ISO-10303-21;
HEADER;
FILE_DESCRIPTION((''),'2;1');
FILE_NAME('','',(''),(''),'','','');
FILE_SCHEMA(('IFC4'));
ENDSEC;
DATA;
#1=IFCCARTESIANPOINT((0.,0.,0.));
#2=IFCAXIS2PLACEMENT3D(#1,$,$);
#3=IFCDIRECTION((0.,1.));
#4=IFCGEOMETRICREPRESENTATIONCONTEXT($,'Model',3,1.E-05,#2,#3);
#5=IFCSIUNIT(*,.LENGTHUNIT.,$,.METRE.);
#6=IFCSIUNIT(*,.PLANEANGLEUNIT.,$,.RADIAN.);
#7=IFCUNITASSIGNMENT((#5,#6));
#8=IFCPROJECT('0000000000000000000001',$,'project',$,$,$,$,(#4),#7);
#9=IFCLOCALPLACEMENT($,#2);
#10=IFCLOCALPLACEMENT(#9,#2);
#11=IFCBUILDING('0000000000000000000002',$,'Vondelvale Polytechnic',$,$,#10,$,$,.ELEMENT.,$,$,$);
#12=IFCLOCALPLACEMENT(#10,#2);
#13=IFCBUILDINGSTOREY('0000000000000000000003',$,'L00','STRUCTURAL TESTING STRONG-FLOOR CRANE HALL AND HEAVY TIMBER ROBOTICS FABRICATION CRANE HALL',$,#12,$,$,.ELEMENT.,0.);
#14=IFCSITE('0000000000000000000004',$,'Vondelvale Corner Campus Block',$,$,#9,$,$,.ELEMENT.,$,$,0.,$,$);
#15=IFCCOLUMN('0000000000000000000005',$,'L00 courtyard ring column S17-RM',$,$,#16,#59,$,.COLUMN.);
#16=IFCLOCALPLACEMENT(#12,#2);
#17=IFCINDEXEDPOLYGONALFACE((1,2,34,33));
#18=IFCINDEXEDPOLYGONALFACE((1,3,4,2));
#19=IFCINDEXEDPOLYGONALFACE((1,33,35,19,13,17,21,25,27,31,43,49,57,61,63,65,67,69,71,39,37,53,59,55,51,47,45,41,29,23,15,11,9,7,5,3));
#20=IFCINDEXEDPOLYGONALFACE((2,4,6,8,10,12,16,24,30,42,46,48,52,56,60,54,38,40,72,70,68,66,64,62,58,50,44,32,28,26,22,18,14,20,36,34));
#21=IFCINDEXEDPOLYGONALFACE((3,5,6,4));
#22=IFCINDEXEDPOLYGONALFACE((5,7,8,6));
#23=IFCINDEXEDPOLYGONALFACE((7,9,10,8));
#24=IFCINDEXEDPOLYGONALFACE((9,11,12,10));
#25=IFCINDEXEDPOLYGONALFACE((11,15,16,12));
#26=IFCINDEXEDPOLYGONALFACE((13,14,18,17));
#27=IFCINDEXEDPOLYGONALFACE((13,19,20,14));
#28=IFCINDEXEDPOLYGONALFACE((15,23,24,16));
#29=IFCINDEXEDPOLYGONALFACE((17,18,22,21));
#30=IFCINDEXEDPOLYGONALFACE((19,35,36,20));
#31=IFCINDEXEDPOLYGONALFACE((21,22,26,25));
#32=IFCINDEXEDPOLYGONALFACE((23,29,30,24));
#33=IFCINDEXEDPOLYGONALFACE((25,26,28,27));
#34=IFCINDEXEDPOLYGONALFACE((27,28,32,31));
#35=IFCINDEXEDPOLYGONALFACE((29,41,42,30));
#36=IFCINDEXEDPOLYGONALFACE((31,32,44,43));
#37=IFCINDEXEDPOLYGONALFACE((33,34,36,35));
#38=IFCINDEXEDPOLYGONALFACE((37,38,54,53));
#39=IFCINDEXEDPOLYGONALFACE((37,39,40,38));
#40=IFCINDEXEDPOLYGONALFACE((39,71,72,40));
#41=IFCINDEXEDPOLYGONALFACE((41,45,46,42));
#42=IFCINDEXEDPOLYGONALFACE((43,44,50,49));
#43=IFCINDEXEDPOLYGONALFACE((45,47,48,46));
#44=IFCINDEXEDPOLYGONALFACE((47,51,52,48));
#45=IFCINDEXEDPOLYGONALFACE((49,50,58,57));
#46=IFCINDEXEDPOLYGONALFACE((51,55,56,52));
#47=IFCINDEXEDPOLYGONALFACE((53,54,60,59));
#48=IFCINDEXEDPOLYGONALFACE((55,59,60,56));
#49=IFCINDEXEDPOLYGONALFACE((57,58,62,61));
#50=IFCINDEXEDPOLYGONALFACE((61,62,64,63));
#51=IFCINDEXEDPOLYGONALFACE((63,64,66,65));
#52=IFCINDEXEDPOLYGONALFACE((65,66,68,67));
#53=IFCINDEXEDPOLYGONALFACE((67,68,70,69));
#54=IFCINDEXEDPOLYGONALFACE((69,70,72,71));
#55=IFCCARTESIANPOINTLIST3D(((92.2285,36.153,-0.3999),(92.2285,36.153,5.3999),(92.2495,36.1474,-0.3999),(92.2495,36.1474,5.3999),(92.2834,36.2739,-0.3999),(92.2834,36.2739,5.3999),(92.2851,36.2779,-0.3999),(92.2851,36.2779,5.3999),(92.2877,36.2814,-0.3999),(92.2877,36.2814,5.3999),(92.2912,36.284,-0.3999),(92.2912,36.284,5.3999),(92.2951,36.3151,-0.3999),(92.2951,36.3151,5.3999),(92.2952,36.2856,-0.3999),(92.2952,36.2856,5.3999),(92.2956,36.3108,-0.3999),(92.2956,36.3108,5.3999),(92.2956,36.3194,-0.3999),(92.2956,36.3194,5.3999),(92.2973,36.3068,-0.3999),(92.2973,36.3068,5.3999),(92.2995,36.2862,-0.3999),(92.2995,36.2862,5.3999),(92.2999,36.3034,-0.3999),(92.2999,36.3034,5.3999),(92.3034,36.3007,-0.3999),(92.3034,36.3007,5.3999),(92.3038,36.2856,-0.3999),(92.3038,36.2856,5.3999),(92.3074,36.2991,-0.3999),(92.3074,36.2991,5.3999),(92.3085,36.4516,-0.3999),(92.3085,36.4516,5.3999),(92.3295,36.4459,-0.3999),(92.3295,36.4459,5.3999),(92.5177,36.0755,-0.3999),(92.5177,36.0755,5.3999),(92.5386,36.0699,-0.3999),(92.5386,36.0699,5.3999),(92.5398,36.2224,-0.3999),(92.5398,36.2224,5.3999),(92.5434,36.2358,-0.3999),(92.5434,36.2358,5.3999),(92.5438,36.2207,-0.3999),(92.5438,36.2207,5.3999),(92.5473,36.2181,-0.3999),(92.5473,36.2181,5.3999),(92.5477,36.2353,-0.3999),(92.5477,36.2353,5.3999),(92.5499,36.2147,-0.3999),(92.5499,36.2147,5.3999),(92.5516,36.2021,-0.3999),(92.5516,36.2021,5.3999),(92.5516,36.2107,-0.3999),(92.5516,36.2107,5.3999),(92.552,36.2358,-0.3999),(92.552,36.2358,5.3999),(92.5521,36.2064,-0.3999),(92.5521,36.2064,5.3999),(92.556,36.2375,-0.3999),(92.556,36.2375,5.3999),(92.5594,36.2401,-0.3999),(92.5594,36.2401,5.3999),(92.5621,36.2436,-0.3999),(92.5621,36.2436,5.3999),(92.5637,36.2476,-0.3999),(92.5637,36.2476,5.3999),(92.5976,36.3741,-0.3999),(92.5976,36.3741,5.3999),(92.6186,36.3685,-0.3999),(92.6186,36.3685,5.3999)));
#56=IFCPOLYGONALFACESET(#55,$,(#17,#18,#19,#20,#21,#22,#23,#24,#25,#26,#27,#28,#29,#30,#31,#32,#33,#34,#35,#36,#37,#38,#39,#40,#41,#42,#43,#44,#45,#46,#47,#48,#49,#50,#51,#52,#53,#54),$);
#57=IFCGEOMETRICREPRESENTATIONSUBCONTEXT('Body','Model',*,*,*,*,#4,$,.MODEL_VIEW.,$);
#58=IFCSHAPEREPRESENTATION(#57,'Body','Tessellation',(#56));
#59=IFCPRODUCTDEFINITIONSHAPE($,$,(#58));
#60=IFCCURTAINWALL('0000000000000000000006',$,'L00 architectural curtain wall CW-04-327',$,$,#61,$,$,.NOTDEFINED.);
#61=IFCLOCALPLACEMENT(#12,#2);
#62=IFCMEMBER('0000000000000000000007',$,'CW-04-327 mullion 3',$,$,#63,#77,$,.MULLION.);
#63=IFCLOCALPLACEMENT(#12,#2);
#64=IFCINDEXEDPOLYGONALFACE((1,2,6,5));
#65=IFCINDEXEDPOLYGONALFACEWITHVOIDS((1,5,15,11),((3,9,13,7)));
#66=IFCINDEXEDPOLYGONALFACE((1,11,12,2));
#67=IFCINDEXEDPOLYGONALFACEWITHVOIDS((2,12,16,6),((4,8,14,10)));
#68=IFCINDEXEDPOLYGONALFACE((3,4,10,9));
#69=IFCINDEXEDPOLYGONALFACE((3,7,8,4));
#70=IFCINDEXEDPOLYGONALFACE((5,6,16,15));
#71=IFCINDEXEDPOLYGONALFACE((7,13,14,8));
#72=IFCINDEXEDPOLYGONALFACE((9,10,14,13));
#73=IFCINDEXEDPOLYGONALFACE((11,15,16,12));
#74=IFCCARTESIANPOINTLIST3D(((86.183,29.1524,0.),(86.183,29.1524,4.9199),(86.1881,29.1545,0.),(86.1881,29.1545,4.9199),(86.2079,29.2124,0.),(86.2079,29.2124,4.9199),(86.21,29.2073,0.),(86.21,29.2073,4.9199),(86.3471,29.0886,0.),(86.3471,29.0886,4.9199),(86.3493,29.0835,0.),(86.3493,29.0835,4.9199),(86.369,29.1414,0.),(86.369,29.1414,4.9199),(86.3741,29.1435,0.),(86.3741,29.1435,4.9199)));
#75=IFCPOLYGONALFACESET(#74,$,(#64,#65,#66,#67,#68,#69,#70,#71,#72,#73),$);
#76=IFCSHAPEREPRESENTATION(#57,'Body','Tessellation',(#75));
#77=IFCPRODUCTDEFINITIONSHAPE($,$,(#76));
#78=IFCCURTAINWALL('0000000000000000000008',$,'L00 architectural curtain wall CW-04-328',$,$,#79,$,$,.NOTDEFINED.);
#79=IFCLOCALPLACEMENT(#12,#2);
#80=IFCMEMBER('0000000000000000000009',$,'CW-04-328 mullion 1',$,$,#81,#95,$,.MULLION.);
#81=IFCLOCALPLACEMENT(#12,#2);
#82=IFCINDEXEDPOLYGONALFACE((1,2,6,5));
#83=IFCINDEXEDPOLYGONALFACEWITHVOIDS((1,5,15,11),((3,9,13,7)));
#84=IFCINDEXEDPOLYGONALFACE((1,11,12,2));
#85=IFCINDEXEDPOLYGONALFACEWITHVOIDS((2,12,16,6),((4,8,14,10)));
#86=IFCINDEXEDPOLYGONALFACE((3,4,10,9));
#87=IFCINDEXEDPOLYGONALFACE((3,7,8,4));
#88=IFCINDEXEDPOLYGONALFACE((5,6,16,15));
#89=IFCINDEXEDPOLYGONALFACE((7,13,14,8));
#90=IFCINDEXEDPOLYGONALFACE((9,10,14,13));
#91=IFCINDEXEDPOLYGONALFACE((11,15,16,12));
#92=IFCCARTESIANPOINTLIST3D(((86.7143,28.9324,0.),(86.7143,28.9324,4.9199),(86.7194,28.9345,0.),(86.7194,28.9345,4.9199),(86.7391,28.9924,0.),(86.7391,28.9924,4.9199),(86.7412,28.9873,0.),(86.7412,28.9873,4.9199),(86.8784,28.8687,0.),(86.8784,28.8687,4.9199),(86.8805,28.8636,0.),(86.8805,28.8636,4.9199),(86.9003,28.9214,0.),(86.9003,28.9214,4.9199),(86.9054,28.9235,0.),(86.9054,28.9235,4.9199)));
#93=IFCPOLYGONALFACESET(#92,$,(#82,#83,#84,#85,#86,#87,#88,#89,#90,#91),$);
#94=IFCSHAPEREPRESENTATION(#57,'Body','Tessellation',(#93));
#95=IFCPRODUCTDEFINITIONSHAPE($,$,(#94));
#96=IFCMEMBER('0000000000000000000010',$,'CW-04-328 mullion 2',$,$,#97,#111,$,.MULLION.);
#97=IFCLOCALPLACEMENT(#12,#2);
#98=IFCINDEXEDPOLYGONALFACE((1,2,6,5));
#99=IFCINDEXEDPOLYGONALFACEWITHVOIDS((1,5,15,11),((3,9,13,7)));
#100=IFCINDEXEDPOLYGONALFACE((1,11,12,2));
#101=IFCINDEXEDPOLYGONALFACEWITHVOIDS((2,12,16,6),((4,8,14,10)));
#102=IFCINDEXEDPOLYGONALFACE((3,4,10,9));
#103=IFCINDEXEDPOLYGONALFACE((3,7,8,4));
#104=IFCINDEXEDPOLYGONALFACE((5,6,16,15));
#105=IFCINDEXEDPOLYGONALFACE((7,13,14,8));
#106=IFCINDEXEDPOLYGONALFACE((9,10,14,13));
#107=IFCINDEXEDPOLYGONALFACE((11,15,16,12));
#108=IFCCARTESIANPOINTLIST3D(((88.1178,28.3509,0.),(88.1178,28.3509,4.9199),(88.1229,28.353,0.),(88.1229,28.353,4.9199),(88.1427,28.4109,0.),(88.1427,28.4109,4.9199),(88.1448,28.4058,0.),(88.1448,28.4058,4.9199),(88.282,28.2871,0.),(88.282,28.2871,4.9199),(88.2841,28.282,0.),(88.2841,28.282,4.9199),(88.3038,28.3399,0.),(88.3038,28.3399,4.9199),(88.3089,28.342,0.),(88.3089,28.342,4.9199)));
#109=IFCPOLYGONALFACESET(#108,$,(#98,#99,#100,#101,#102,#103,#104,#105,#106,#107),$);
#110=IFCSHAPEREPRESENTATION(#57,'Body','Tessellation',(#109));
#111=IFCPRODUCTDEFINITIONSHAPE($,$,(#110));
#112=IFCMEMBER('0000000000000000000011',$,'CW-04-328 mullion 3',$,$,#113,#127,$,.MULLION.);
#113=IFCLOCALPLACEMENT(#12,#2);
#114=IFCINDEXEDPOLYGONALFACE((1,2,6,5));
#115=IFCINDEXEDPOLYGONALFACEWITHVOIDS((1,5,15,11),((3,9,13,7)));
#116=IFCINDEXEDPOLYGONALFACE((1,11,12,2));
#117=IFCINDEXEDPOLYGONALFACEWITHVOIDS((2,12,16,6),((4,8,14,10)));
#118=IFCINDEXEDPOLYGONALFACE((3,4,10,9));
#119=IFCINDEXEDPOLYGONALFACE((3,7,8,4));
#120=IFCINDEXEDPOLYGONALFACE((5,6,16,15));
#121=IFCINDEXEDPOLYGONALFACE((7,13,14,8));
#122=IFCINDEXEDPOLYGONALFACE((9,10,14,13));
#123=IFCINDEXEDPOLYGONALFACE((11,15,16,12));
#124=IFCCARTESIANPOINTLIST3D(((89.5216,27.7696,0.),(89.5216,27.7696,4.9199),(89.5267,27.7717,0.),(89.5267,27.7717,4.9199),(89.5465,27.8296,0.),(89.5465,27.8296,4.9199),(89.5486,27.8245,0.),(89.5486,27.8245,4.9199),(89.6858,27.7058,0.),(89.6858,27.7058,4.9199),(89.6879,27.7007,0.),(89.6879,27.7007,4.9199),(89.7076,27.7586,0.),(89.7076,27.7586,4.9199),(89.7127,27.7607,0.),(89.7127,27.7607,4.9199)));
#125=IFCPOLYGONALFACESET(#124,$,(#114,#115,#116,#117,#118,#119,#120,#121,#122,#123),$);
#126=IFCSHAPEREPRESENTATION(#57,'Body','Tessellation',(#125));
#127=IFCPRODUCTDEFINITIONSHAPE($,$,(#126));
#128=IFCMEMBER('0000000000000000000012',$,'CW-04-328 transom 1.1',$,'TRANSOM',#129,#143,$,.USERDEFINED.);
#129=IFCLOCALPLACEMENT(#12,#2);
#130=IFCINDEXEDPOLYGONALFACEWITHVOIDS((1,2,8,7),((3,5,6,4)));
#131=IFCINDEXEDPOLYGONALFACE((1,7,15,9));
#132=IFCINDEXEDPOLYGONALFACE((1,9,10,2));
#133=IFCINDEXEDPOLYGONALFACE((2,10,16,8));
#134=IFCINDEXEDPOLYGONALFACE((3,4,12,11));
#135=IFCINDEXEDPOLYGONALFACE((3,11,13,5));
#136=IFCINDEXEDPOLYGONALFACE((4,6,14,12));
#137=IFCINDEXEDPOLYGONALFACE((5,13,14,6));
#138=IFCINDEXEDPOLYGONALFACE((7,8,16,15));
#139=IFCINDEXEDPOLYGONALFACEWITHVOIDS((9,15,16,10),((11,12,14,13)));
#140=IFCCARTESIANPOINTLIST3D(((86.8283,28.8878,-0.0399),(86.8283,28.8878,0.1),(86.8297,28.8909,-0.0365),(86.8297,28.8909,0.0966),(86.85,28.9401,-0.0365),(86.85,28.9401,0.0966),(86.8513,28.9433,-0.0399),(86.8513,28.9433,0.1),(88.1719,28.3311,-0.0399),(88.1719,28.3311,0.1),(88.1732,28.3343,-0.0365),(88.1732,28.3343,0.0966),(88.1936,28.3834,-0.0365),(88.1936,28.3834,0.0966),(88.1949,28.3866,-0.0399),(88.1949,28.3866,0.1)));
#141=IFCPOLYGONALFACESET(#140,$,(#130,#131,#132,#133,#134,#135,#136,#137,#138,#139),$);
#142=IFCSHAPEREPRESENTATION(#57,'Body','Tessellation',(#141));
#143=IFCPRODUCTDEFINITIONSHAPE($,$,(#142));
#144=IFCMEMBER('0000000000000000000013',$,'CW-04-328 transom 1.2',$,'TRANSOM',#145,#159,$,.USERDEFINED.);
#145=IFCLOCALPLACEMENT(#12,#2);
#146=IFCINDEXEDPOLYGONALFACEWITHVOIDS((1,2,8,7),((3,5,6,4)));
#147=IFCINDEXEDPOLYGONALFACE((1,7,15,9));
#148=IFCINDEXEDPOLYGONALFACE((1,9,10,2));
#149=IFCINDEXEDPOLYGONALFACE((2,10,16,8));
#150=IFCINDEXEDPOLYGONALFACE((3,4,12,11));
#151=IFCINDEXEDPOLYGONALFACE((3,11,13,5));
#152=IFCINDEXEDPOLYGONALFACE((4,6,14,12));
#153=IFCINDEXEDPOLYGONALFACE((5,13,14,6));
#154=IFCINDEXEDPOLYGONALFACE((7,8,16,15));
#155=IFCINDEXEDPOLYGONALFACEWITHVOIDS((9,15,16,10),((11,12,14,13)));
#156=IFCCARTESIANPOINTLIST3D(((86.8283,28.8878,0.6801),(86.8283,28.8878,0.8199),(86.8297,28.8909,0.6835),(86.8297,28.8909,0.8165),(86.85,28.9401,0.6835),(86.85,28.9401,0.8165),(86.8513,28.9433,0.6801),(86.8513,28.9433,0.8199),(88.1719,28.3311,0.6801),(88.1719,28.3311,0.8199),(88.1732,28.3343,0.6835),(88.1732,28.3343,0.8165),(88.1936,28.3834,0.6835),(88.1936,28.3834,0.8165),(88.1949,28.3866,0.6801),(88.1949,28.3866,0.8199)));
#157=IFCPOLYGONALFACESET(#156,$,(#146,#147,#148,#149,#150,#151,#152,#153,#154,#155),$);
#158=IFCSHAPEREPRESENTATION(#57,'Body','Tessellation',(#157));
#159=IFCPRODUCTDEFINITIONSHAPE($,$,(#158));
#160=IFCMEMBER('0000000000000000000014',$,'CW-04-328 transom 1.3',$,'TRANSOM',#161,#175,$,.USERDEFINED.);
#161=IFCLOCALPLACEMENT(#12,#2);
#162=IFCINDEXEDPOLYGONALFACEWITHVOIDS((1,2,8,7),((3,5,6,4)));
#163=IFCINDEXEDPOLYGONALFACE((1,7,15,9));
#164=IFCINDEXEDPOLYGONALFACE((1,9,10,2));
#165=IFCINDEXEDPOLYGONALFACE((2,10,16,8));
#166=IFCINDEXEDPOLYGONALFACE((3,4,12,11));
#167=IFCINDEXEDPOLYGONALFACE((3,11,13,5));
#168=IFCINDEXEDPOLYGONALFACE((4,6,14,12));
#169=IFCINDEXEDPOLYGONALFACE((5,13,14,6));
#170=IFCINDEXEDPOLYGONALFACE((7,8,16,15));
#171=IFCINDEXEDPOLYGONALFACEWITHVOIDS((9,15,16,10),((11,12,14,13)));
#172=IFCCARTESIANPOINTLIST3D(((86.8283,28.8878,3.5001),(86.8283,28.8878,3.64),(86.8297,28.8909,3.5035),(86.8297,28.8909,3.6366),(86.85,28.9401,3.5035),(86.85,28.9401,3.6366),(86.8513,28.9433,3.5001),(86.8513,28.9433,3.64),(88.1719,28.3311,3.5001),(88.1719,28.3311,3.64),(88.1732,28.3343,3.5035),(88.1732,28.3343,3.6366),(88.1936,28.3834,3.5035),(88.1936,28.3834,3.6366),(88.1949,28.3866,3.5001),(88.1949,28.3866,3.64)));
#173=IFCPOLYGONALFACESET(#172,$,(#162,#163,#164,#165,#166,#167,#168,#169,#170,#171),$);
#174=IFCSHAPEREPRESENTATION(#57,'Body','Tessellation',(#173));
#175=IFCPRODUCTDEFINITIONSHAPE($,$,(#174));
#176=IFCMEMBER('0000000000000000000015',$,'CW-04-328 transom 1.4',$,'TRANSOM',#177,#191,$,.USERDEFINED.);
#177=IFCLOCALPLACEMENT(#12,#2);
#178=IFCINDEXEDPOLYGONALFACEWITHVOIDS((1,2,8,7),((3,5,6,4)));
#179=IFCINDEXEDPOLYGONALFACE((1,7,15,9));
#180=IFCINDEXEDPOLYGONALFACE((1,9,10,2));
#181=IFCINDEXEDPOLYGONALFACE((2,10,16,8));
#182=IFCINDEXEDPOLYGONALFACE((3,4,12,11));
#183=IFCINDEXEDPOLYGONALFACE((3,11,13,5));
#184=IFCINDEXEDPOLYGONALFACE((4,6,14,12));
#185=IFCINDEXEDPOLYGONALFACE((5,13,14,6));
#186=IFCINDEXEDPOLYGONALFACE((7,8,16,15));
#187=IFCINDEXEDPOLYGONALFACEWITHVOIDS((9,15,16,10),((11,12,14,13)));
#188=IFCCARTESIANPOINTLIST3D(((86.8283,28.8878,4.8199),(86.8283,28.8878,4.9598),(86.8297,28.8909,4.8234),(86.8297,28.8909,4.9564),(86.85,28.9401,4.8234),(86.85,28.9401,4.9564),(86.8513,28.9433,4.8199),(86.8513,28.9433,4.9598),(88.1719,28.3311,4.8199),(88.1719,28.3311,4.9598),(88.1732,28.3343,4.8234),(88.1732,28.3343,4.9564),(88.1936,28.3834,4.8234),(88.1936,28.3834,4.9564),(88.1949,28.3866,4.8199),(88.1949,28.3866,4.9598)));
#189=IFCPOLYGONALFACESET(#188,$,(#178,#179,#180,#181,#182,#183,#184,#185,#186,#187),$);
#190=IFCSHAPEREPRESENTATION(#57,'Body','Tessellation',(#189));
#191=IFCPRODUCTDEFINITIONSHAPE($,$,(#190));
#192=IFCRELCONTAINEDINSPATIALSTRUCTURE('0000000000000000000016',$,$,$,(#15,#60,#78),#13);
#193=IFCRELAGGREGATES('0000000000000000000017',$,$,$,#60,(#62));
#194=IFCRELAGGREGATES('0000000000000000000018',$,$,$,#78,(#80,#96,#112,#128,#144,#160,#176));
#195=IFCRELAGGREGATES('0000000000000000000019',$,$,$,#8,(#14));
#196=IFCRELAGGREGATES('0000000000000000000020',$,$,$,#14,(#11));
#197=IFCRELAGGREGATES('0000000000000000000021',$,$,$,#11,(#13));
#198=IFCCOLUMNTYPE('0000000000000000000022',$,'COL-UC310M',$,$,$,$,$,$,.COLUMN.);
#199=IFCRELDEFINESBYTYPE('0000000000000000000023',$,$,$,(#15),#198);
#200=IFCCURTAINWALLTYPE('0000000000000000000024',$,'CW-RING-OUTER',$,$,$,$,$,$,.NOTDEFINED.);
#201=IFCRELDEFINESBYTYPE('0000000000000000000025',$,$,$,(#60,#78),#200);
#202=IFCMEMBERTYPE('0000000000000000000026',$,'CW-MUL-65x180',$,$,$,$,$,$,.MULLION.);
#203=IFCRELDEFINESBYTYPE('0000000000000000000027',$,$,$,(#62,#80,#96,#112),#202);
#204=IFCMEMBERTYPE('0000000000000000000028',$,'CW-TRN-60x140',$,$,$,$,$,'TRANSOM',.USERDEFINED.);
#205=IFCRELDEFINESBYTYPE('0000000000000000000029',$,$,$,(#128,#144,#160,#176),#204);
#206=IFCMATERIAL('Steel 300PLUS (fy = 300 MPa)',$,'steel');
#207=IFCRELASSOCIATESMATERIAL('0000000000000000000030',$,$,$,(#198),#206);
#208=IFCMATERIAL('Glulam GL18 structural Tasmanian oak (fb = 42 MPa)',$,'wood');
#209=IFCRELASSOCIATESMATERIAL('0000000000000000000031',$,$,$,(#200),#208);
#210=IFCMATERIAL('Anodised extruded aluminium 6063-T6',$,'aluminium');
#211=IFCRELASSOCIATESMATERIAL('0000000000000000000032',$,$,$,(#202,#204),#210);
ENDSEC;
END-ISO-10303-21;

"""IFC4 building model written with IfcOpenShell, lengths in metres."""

from ifc_helpers import new_model, si_unit, direction, frame, origin, origin_2d, place, context, subcontext, project, spatial, hollow_rectangle, i_section, extrude, material, material_profile, profile_set, type_object, element, aggregate, save


model = new_model("IFC4")

# Units and contexts
model_context = context("Model", 3, precision=1e-05, world=origin(), true_north=direction((0.0, 1.0)))
body_context = subcontext(model_context, "Body", "Model", "MODEL_VIEW")
ifc_project = project(units=[si_unit("LENGTHUNIT", "METRE"), si_unit("PLANEANGLEUNIT", "RADIAN")], contexts=[model_context])

# Site, building, storey
site_placement = place(None, origin())
site = spatial("IfcSite", under=ifc_project, at=site_placement, Name="Vondelvale Corner Campus Block", CompositionType="ELEMENT", RefElevation=0.0)
building_placement = place(site_placement, origin())
building = spatial("IfcBuilding", under=site, at=building_placement, Name="Vondelvale Polytechnic", CompositionType="ELEMENT")
storey_placement = place(building_placement, origin())
storey = spatial("IfcBuildingStorey", under=building, at=storey_placement, Name="L00", Description="STRUCTURAL TESTING STRONG-FLOOR CRANE HALL AND HEAVY TIMBER ROBOTICS FABRICATION CRANE HALL", CompositionType="ELEMENT", Elevation=0.0)

# Column
ifc_material_1 = material(Name="Glulam GL18 structural Tasmanian oak (fb = 42 MPa)", Category="wood")
ifc_material_2 = material(Name="Steel 300PLUS (fy = 300 MPa)", Category="steel")
ifc_material_profile_1 = material_profile(ifc_material_2, i_section(OverallWidth=0.3091, OverallDepth=0.321, WebThickness=0.0139, FlangeThickness=0.0217, FilletRadius=0.0166, at=origin_2d()), Name="310UC137")
ifc_profile_set_1 = profile_set([ifc_material_profile_1], Name="Steel 300PLUS (fy = 300 MPa)")
column_type_1 = type_object("IfcColumnType", Name="COL-UC310M", PredefinedType="COLUMN", material=ifc_profile_set_1)
column_1_placement = place(storey_placement, frame((92.4236, 36.2607, -0.3999), z_axis=(0.0, 0.0, 1.0), x_axis=(0.258819, 0.965926, 0.0)))
element("IfcColumn", 1, at=column_1_placement, inside=storey, type_object=column_type_1, Name="L00 courtyard ring column S17-RM", PredefinedType="COLUMN", context=body_context, shape_type="SweptSolid", body=[
    extrude(i_section(OverallWidth=0.3091, OverallDepth=0.321, WebThickness=0.0139, FlangeThickness=0.0217, FilletRadius=0.0166, at=origin_2d()), origin(), (0.0, 0.0, 1.0), 5.7998),
])

# Curtain wall, member
curtain_wall_type = type_object("IfcCurtainWallType", Name="CW-RING-OUTER", PredefinedType="NOTDEFINED", material=ifc_material_1)
curtain_wall_1_placement = place(storey_placement, origin())
curtain_wall_1 = element("IfcCurtainWall", 2, at=curtain_wall_1_placement, inside=storey, type_object=curtain_wall_type, Name="L00 architectural curtain wall CW-04-327", PredefinedType="NOTDEFINED")
ifc_material_3 = material(Name="Anodised extruded aluminium 6063-T6", Category="aluminium")
ifc_material_profile_2 = material_profile(ifc_material_3, hollow_rectangle(XDim=0.0649, YDim=0.1799, WallThickness=0.0039, at=origin_2d()), Name="CW-MUL-180x65")
ifc_profile_set_2 = profile_set([ifc_material_profile_2], Name="Anodised extruded aluminium 6063-T6")
member_type_1 = type_object("IfcMemberType", Name="CW-MUL-65x180", PredefinedType="MULLION", material=ifc_profile_set_2)
member_1_placement = place(storey_placement, frame((86.2786, 29.1479, 0.0), z_axis=(0.0, 0.0, 1.0), x_axis=(0.382695, 0.923875, 0.0)))
member_1 = element("IfcMember", 3, at=member_1_placement, type_object=member_type_1, Name="CW-04-327 mullion 3", PredefinedType="MULLION", context=body_context, shape_type="SweptSolid", body=[
    extrude(hollow_rectangle(XDim=0.0649, YDim=0.1799, WallThickness=0.0039, at=origin_2d()), origin(), (0.0, 0.0, 1.0), 4.9199),
])

# Curtain wall, members
curtain_wall_2_placement = place(storey_placement, origin())
curtain_wall_2 = element("IfcCurtainWall", 4, at=curtain_wall_2_placement, inside=storey, type_object=curtain_wall_type, Name="L00 architectural curtain wall CW-04-328", PredefinedType="NOTDEFINED")
member_2_placement = place(storey_placement, frame((86.8098, 28.928, 0.0), z_axis=(0.0, 0.0, 1.0), x_axis=(0.382679, 0.923881, 0.0)))
member_2 = element("IfcMember", 5, at=member_2_placement, type_object=member_type_1, Name="CW-04-328 mullion 1", PredefinedType="MULLION", context=body_context, shape_type="SweptSolid", body=[
    extrude(hollow_rectangle(XDim=0.0649, YDim=0.1799, WallThickness=0.0039, at=origin_2d()), origin(), (0.0, 0.0, 1.0), 4.9199),
])
member_3_placement = place(storey_placement, frame((88.2134, 28.3464, 0.0), z_axis=(0.0, 0.0, 1.0), x_axis=(0.382679, 0.923881, 0.0)))
member_3 = element("IfcMember", 6, at=member_3_placement, type_object=member_type_1, Name="CW-04-328 mullion 2", PredefinedType="MULLION", context=body_context, shape_type="SweptSolid", body=[
    extrude(hollow_rectangle(XDim=0.0649, YDim=0.1799, WallThickness=0.0039, at=origin_2d()), origin(), (0.0, 0.0, 1.0), 4.9199),
])
member_4_placement = place(storey_placement, frame((89.6172, 27.7651, 0.0), z_axis=(0.0, 0.0, 1.0), x_axis=(0.382679, 0.923881, 0.0)))
member_4 = element("IfcMember", 7, at=member_4_placement, type_object=member_type_1, Name="CW-04-328 mullion 3", PredefinedType="MULLION", context=body_context, shape_type="SweptSolid", body=[
    extrude(hollow_rectangle(XDim=0.0649, YDim=0.1799, WallThickness=0.0039, at=origin_2d()), origin(), (0.0, 0.0, 1.0), 4.9199),
])
ifc_material_profile_3 = material_profile(ifc_material_3, hollow_rectangle(XDim=0.0601, YDim=0.1399, WallThickness=0.0034, at=origin_2d()), Name="CW-TRN-140x60")
ifc_profile_set_3 = profile_set([ifc_material_profile_3], Name="Anodised extruded aluminium 6063-T6")
member_type_2 = type_object("IfcMemberType", Name="CW-TRN-60x140", ElementType="TRANSOM", PredefinedType="USERDEFINED", material=ifc_profile_set_3)
member_5_placement = place(storey_placement, frame((86.8398, 28.9155, 0.03), z_axis=(0.923845, -0.382767, 0.0), x_axis=(0.382767, 0.923845, 0.0)))
member_5 = element("IfcMember", 8, at=member_5_placement, type_object=member_type_2, Name="CW-04-328 transom 1.1", ObjectType="TRANSOM", PredefinedType="USERDEFINED", context=body_context, shape_type="SweptSolid", body=[
    extrude(hollow_rectangle(XDim=0.0601, YDim=0.1399, WallThickness=0.0034, at=origin_2d()), origin(), (0.0, 0.0, 1.0), 1.4543),
])
member_6_placement = place(storey_placement, frame((86.8398, 28.9155, 0.75), z_axis=(0.923845, -0.382767, 0.0), x_axis=(0.382767, 0.923845, 0.0)))
member_6 = element("IfcMember", 9, at=member_6_placement, type_object=member_type_2, Name="CW-04-328 transom 1.2", ObjectType="TRANSOM", PredefinedType="USERDEFINED", context=body_context, shape_type="SweptSolid", body=[
    extrude(hollow_rectangle(XDim=0.0601, YDim=0.1399, WallThickness=0.0034, at=origin_2d()), origin(), (0.0, 0.0, 1.0), 1.4543),
])
member_7_placement = place(storey_placement, frame((86.8398, 28.9155, 3.5701), z_axis=(0.923845, -0.382767, 0.0), x_axis=(0.382767, 0.923845, 0.0)))
member_7 = element("IfcMember", 10, at=member_7_placement, type_object=member_type_2, Name="CW-04-328 transom 1.3", ObjectType="TRANSOM", PredefinedType="USERDEFINED", context=body_context, shape_type="SweptSolid", body=[
    extrude(hollow_rectangle(XDim=0.0601, YDim=0.1399, WallThickness=0.0034, at=origin_2d()), origin(), (0.0, 0.0, 1.0), 1.4543),
])
member_8_placement = place(storey_placement, frame((86.8398, 28.9155, 4.8899), z_axis=(0.923845, -0.382767, 0.0), x_axis=(0.382767, 0.923845, 0.0)))
member_8 = element("IfcMember", 11, at=member_8_placement, type_object=member_type_2, Name="CW-04-328 transom 1.4", ObjectType="TRANSOM", PredefinedType="USERDEFINED", context=body_context, shape_type="SweptSolid", body=[
    extrude(hollow_rectangle(XDim=0.0601, YDim=0.1399, WallThickness=0.0034, at=origin_2d()), origin(), (0.0, 0.0, 1.0), 1.4543),
])

aggregate(curtain_wall_1, [member_1])
aggregate(curtain_wall_2, [member_2, member_3, member_4, member_5, member_6, member_7, member_8])

save(model, "model.ifc")
